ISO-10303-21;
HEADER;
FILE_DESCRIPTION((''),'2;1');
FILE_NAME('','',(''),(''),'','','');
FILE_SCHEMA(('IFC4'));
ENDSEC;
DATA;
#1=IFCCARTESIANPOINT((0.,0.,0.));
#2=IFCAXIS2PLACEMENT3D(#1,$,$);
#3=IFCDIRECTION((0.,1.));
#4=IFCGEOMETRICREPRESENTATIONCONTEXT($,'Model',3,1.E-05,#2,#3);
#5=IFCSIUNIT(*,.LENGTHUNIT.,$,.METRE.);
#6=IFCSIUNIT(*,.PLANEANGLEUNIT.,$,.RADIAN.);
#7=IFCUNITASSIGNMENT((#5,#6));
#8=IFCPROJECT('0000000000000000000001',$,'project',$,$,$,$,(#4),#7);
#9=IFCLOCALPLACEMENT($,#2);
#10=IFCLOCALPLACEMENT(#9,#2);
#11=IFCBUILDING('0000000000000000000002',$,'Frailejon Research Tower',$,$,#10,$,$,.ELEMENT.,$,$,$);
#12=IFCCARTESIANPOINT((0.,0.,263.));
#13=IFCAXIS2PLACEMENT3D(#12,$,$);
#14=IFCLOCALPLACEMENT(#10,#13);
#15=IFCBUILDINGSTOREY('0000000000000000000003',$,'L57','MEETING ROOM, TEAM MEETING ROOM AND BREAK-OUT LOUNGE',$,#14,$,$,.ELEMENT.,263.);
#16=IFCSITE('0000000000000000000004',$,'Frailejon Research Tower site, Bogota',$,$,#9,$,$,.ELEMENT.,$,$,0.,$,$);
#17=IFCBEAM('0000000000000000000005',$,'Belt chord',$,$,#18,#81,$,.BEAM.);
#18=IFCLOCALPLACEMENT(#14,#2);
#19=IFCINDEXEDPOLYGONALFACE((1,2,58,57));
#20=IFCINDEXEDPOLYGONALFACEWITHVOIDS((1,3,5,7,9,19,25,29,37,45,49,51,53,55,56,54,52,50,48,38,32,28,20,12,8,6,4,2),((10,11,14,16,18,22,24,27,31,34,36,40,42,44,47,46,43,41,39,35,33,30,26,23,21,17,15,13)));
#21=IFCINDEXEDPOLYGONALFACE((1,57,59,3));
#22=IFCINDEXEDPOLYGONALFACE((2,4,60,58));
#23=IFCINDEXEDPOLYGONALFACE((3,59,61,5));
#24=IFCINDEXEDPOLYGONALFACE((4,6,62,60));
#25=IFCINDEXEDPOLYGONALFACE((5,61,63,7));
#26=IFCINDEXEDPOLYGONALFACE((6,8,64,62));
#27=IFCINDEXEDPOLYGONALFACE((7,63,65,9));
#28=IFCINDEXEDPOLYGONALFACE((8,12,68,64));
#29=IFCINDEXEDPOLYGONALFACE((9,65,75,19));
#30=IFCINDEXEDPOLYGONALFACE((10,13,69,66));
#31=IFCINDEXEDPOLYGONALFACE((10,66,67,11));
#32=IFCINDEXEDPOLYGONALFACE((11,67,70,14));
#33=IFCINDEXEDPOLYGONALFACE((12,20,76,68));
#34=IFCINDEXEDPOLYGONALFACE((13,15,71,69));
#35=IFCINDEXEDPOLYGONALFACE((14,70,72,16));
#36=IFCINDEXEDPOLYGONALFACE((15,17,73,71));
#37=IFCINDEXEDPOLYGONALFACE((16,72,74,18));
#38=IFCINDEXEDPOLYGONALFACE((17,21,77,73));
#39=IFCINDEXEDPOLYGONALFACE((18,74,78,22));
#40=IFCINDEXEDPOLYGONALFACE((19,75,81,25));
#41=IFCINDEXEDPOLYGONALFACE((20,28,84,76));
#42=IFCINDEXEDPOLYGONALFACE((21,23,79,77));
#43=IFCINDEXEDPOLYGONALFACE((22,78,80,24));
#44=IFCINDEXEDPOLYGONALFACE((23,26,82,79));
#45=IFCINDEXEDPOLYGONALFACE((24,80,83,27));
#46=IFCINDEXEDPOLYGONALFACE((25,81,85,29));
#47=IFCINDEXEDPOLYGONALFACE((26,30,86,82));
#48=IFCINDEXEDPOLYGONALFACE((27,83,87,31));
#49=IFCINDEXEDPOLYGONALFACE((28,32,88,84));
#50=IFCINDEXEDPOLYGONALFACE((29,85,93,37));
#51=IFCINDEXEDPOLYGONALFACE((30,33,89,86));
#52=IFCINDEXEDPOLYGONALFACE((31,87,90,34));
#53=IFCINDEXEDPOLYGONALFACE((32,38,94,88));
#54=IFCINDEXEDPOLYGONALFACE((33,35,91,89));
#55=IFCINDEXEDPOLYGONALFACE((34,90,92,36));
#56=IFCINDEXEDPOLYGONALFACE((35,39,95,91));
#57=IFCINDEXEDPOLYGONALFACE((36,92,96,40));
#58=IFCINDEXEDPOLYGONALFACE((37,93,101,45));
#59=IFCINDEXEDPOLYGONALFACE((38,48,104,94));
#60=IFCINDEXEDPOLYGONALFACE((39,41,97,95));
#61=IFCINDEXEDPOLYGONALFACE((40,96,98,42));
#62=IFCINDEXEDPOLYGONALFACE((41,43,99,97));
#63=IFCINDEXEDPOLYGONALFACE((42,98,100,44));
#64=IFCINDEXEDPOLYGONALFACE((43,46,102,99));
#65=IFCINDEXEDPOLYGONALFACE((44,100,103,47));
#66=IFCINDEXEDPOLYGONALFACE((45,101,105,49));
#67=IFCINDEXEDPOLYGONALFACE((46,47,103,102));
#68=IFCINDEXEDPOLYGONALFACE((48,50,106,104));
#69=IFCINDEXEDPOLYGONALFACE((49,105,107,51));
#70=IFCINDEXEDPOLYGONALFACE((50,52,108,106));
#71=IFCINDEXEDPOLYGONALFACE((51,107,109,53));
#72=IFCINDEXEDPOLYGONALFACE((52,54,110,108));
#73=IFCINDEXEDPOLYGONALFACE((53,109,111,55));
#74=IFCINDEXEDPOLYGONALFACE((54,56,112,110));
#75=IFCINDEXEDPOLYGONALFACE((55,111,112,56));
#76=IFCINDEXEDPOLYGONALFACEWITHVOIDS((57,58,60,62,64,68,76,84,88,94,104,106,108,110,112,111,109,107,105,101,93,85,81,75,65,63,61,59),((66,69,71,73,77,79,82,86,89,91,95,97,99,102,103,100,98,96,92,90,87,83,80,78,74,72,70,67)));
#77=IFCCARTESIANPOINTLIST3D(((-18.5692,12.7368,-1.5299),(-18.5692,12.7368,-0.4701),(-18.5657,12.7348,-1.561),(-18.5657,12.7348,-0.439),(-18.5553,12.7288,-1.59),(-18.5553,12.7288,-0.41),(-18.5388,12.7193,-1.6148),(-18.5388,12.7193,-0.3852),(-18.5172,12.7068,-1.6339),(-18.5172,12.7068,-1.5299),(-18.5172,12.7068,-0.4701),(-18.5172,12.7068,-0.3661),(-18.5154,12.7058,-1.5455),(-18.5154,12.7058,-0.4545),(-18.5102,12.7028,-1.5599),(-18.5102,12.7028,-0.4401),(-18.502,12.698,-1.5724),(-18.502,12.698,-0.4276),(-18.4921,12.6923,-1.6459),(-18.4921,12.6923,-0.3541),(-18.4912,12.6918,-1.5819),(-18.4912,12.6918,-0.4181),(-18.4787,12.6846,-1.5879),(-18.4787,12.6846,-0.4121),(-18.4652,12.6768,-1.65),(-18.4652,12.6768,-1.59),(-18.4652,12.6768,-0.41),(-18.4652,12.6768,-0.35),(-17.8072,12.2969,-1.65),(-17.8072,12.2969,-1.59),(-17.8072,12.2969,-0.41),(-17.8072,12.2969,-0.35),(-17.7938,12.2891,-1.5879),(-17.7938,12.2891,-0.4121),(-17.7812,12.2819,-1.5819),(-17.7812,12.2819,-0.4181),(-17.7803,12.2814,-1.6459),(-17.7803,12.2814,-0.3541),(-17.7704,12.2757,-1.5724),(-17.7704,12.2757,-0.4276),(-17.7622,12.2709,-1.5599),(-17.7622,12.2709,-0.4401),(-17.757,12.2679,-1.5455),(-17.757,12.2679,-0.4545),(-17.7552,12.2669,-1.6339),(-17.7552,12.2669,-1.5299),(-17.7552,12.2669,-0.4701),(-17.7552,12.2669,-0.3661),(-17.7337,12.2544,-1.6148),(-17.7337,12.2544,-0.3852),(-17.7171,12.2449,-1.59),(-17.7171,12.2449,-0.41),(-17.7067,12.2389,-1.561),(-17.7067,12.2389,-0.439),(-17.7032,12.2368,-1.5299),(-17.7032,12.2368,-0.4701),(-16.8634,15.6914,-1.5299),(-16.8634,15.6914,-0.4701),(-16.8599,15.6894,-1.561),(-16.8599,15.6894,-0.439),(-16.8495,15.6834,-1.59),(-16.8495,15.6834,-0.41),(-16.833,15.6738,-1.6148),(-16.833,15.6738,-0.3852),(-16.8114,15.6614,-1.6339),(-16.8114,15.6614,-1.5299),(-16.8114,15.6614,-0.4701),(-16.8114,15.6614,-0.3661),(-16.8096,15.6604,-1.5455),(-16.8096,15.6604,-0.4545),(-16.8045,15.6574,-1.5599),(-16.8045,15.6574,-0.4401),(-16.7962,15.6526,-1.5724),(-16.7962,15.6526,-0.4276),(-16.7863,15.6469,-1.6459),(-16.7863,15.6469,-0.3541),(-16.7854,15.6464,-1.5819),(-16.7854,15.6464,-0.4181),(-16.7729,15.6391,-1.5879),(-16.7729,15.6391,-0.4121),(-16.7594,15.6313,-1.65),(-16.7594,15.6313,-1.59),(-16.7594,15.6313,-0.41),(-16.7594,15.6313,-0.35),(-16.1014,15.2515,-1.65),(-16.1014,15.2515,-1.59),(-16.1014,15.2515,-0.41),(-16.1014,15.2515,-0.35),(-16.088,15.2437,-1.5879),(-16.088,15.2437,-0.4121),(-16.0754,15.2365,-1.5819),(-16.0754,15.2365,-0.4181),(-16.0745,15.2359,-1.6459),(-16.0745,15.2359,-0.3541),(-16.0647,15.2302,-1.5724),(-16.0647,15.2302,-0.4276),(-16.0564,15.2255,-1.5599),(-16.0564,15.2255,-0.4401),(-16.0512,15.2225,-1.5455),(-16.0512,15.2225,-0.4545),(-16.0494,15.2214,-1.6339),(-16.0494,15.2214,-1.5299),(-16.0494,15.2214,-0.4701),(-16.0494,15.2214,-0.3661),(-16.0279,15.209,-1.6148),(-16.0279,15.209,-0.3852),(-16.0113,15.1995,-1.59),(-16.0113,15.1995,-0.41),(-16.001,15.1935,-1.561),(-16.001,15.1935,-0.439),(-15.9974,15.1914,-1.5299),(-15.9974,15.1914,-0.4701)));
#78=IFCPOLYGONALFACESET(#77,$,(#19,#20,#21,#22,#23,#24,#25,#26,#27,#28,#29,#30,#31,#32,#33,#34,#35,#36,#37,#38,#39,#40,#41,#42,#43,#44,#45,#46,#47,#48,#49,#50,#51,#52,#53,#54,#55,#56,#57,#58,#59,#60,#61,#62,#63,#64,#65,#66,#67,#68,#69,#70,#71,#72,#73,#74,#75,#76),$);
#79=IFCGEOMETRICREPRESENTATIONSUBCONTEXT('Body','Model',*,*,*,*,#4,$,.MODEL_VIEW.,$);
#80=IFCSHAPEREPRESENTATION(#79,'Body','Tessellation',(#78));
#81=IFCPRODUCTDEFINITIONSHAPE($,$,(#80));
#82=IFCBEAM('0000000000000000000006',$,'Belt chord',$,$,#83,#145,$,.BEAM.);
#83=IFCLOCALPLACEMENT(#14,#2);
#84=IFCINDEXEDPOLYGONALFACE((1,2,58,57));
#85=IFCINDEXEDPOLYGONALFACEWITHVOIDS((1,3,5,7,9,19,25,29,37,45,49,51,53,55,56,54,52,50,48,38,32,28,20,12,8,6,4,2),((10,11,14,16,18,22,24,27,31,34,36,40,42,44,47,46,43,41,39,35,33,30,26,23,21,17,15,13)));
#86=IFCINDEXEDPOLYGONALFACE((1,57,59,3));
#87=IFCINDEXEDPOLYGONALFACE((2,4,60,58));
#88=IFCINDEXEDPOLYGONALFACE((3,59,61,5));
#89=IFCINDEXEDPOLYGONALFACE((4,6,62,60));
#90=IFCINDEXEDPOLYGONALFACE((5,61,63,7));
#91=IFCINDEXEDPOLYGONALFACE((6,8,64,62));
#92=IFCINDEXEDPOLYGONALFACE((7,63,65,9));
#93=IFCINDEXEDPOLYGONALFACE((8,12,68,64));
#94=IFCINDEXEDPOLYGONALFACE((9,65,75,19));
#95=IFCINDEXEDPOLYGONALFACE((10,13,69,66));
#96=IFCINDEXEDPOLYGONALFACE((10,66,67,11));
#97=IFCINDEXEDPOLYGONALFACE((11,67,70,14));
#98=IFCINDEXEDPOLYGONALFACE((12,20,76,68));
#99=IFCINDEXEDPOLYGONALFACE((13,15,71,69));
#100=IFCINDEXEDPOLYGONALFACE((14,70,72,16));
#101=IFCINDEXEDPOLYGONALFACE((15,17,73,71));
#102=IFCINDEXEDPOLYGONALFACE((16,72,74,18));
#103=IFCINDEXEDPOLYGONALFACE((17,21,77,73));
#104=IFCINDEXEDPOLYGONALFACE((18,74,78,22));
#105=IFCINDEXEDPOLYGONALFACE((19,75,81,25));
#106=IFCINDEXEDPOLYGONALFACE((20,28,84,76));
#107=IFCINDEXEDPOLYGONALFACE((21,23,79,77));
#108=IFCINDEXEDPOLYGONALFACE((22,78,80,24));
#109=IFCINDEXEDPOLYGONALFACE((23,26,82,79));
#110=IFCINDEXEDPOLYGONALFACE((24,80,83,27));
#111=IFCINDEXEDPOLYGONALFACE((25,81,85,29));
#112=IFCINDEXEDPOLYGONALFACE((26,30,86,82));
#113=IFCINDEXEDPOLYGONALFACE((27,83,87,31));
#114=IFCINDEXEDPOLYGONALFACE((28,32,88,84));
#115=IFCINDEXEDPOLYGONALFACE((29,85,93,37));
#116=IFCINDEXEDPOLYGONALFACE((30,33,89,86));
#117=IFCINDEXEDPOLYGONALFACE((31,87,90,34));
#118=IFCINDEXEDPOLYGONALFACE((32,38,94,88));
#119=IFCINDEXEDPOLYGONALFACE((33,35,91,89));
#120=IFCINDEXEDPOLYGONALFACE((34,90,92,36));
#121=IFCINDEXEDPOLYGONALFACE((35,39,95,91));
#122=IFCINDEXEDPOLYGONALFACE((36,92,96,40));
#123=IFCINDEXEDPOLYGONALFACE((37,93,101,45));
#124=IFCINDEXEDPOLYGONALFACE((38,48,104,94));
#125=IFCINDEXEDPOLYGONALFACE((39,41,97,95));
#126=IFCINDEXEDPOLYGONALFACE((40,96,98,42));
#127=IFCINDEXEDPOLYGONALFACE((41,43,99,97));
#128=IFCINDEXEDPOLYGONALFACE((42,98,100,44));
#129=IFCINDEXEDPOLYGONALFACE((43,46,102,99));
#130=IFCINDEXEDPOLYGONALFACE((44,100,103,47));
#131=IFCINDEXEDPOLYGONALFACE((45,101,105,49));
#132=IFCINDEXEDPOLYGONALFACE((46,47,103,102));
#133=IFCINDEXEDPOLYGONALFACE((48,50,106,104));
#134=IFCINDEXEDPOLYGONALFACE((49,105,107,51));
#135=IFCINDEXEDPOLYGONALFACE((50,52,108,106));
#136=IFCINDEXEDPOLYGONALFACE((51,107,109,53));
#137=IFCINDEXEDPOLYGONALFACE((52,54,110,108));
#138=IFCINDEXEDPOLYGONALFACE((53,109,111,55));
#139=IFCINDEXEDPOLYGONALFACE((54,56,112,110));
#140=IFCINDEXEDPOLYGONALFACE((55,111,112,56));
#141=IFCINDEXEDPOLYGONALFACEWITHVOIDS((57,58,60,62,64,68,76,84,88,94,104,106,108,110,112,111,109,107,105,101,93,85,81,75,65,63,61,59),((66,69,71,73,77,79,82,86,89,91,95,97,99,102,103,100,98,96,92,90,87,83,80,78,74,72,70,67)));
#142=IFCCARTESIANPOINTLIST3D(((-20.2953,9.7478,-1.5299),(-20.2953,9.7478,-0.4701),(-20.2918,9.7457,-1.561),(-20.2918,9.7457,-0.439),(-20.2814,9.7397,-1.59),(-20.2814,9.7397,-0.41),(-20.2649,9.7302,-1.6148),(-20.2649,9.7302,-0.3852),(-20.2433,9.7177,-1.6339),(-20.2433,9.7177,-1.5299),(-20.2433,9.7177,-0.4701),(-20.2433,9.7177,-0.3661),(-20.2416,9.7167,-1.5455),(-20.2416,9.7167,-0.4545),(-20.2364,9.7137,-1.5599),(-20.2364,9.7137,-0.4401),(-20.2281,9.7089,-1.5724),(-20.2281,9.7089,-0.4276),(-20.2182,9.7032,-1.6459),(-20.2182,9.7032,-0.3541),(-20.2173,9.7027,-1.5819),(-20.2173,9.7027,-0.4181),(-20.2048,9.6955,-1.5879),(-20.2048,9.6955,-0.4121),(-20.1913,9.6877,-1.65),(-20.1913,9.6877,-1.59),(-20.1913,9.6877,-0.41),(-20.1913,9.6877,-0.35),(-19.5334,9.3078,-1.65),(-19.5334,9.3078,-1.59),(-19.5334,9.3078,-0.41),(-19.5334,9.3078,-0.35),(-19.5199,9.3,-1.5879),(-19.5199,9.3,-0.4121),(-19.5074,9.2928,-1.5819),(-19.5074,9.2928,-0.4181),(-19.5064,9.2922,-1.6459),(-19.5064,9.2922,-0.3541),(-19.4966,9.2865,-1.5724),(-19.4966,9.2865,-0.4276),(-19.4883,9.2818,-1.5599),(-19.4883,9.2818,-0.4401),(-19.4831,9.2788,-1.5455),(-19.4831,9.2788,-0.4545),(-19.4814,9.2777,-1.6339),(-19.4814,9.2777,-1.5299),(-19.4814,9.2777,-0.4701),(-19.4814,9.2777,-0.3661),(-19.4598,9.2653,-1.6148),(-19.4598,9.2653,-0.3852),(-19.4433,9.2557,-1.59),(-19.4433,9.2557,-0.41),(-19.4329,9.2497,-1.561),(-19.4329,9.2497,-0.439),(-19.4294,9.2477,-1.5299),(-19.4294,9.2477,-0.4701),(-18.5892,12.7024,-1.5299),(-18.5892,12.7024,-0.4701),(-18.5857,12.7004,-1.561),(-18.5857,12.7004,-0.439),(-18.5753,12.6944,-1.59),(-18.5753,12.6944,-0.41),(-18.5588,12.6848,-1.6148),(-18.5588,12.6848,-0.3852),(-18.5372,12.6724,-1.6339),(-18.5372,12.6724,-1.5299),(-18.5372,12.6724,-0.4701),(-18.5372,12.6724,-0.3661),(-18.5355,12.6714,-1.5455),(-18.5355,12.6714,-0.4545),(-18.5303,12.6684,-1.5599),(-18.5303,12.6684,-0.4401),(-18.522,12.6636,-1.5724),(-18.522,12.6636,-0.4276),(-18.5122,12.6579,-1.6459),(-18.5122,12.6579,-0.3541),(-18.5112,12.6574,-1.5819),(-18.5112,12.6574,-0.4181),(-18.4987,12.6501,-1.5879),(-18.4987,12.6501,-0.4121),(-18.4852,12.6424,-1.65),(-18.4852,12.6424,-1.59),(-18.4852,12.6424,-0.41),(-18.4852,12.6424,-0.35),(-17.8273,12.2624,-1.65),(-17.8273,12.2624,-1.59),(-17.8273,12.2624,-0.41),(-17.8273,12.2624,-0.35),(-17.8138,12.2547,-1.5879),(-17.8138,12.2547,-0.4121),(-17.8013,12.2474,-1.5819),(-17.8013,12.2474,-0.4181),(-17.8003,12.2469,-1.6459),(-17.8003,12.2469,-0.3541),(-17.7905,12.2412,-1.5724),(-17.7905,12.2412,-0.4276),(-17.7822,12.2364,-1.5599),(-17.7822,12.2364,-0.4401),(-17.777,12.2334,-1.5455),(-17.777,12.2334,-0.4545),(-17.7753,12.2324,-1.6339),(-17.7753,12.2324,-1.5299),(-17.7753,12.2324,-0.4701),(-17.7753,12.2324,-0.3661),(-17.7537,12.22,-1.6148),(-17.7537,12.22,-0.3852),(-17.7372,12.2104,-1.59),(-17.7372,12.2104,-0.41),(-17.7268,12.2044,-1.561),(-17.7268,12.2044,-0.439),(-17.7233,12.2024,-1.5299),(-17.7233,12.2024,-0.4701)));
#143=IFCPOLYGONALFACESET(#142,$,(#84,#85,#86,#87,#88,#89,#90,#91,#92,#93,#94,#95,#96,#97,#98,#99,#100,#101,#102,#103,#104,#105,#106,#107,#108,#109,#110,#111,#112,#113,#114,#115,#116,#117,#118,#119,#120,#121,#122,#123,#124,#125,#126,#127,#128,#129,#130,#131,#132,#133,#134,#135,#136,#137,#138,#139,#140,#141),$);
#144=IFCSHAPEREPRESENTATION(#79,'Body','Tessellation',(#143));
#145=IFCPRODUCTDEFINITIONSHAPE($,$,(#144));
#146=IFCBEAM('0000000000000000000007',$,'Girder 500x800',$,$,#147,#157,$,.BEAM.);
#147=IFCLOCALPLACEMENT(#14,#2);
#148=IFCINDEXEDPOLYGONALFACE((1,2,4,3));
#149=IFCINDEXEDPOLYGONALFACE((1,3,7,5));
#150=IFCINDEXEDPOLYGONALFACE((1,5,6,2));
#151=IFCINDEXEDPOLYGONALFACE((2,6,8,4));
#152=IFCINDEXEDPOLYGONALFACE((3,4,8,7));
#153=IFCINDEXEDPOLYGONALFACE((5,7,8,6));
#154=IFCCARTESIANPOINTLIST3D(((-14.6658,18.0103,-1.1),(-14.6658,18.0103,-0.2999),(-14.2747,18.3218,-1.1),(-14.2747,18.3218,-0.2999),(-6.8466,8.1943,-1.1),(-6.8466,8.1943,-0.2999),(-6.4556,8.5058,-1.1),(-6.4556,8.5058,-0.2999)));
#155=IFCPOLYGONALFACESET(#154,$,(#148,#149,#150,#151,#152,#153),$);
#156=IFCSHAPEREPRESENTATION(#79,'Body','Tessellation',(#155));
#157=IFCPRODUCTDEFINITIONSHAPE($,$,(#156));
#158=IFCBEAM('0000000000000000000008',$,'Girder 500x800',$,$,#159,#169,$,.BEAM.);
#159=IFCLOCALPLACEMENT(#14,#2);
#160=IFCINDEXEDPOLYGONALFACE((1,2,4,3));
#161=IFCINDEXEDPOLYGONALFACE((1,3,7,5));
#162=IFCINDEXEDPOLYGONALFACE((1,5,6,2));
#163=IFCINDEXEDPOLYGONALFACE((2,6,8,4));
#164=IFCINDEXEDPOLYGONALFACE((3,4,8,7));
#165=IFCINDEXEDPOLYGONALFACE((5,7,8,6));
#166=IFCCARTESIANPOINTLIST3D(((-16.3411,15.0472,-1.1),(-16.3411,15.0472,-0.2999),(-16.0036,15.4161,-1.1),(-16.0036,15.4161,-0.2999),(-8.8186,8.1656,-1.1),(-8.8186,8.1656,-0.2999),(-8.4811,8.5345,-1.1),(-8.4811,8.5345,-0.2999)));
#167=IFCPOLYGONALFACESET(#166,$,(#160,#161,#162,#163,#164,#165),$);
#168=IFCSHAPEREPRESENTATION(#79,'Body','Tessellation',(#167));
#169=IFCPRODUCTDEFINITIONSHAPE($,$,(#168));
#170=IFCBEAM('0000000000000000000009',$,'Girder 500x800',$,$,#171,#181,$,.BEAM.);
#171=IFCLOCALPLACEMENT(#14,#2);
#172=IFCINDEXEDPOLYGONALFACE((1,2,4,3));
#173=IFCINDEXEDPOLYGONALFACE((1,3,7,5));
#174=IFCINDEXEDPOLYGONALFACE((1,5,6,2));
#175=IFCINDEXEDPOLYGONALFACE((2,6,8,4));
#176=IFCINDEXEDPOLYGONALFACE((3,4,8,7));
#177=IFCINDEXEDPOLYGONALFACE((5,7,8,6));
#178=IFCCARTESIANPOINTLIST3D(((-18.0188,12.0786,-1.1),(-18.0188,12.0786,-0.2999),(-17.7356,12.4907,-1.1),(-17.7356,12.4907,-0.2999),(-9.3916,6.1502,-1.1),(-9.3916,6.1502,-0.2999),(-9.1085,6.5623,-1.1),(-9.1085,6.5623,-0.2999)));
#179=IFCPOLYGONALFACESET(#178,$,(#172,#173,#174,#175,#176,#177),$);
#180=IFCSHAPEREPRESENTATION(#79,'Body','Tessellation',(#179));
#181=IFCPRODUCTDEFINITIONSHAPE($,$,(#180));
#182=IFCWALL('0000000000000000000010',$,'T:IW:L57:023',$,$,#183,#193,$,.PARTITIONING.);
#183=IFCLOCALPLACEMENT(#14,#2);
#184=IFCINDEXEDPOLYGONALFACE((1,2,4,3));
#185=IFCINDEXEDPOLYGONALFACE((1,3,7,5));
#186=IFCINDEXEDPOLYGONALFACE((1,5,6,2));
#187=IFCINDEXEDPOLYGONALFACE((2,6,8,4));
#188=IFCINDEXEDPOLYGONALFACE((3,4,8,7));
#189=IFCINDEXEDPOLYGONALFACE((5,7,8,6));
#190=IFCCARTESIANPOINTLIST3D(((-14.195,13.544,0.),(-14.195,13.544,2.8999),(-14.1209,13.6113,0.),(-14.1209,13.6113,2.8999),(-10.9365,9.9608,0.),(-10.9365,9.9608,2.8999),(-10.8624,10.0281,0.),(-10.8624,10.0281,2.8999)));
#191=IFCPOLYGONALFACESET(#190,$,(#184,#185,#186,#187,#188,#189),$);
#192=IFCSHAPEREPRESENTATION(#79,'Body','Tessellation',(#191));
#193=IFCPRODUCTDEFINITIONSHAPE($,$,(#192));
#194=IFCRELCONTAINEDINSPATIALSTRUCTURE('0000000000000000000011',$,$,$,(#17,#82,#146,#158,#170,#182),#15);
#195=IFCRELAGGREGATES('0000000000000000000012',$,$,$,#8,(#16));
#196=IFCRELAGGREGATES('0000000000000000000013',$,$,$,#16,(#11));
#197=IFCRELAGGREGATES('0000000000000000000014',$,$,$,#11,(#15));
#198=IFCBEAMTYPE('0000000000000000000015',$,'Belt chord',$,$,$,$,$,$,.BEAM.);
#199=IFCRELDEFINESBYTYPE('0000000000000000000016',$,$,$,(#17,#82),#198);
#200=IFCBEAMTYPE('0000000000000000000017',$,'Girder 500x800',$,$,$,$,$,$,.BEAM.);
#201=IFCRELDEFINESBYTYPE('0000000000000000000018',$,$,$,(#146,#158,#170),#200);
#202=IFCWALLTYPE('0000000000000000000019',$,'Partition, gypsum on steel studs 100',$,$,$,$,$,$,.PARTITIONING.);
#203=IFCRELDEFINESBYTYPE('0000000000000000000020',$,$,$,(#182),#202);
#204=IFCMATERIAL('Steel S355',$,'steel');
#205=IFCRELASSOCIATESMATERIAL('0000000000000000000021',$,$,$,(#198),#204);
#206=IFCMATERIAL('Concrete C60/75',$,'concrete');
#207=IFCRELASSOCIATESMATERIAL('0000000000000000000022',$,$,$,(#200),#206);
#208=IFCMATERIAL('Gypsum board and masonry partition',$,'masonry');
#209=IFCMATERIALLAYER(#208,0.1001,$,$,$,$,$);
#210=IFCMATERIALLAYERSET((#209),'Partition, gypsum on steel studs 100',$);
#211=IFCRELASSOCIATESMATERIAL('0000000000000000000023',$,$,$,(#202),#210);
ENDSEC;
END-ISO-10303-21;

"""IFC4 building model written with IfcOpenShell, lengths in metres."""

from ifc_helpers import new_model, si_unit, direction, frame, frame_2d, origin, origin_2d, place, context, subcontext, project, spatial, rectangle, hollow_rectangle, extrude, material, layer, layer_set, material_profile, profile_set, type_object, element, save


model = new_model("IFC4")

# Units and contexts
model_context = context("Model", 3, precision=1e-05, world=origin(), true_north=direction((0.0, 1.0)))
body_context = subcontext(model_context, "Body", "Model", "MODEL_VIEW")
ifc_project = project(units=[si_unit("LENGTHUNIT", "METRE"), si_unit("PLANEANGLEUNIT", "RADIAN")], contexts=[model_context])

# Site, building, storey
site_placement = place(None, origin())
site = spatial("IfcSite", under=ifc_project, at=site_placement, Name="Frailejon Research Tower site, Bogota", CompositionType="ELEMENT", RefElevation=0.0)
building_placement = place(site_placement, origin())
building = spatial("IfcBuilding", under=site, at=building_placement, Name="Frailejon Research Tower", CompositionType="ELEMENT")
storey_placement = place(building_placement, frame((0.0, 0.0, 263.0)))
storey = spatial("IfcBuildingStorey", under=building, at=storey_placement, Name="L57", Description="MEETING ROOM, TEAM MEETING ROOM AND BREAK-OUT LOUNGE", CompositionType="ELEMENT", Elevation=263.0)

# Beams
ifc_material_1 = material(Name="Steel S355", Category="steel")
ifc_material_profile_1 = material_profile(ifc_material_1, hollow_rectangle(XDim=1.0, YDim=1.3, WallThickness=0.0601, InnerFilletRadius=0.0601, OuterFilletRadius=0.1201, at=origin_2d()), Name="Belt chord")
ifc_profile_set_1 = profile_set([ifc_material_profile_1], Name="Steel S355")
beam_type_1 = type_object("IfcBeamType", Name="Belt chord", PredefinedType="BEAM", material=ifc_profile_set_1)
for number, where, z_axis, x_axis, name in (
    (1, (-16.4304, 15.4414, -1.0), (-0.499995, -0.866028, 0.0), (0.866028, -0.499995, 0.0), "Belt chord"),
):
    element("IfcBeam", number, at=place(storey_placement, frame(where, z_axis=z_axis, x_axis=x_axis)), inside=storey, type_object=beam_type_1, Name=name, PredefinedType="BEAM", context=body_context, shape_type="SweptSolid", body=[
        extrude(hollow_rectangle(XDim=1.0, YDim=1.3, WallThickness=0.0601, InnerFilletRadius=0.0601, OuterFilletRadius=0.1201, at=origin_2d()), origin(), (0.0, 0.0, 1.0), 3.4116),
    ])
beam_1_placement = place(storey_placement, frame((-18.1562, 12.4524, -1.0), z_axis=(-0.500049, -0.865997, 0.0), x_axis=(0.865997, -0.500049, 0.0)))
element("IfcBeam", 2, at=beam_1_placement, inside=storey, type_object=beam_type_1, Name="Belt chord", PredefinedType="BEAM", context=body_context, shape_type="SweptSolid", body=[
    extrude(hollow_rectangle(XDim=1.0, YDim=1.3, WallThickness=0.0601, InnerFilletRadius=0.0601, OuterFilletRadius=0.1201, at=origin_2d()), origin(), (0.0, 0.0, 1.0), 3.4119),
])
ifc_material_2 = material(Name="Concrete C60/75", Category="concrete")
ifc_material_profile_2 = material_profile(ifc_material_2, rectangle(XDim=0.5, YDim=0.8, at=origin_2d()), Name="Girder 500x800")
ifc_profile_set_2 = profile_set([ifc_material_profile_2], Name="Concrete C60/75")
beam_type_2 = type_object("IfcBeamType", Name="Girder 500x800", PredefinedType="BEAM", material=ifc_profile_set_2)
beam_2_placement = place(storey_placement, frame((-14.4702, 18.166, -0.7), z_axis=(0.623059, -0.782175, 0.0), x_axis=(0.782175, 0.623059, 0.0)))
element("IfcBeam", 3, at=beam_2_placement, inside=storey, type_object=beam_type_2, Name="Girder 500x800", PredefinedType="BEAM", context=body_context, shape_type="SweptSolid", body=[
    extrude(rectangle(XDim=0.5, YDim=0.8, at=origin_2d()), origin(), (0.0, 0.0, 1.0), 12.5496),
])
beam_3_placement = place(storey_placement, frame((-16.1724, 15.2317, -0.7), z_axis=(0.737838, -0.674978, 0.0), x_axis=(0.674978, 0.737838, 0.0)))
element("IfcBeam", 4, at=beam_3_placement, inside=storey, type_object=beam_type_2, Name="Girder 500x800", PredefinedType="BEAM", context=body_context, shape_type="SweptSolid", body=[
    extrude(rectangle(XDim=0.5, YDim=0.8, at=origin_2d()), origin(), (0.0, 0.0, 1.0), 10.1953),
])
beam_4_placement = place(storey_placement, frame((-17.8772, 12.2847, -0.7), z_axis=(0.824164, -0.566352, 0.0), x_axis=(0.566352, 0.824164, 0.0)))
element("IfcBeam", 5, at=beam_4_placement, inside=storey, type_object=beam_type_2, Name="Girder 500x800", PredefinedType="BEAM", context=body_context, shape_type="SweptSolid", body=[
    extrude(rectangle(XDim=0.5, YDim=0.8, at=origin_2d()), origin(), (0.0, 0.0, 1.0), 10.4678),
])

# Wall
ifc_material_3 = material(Name="Gypsum board and masonry partition", Category="masonry")
ifc_layer_1 = layer(ifc_material_3, 0.1001)
ifc_layer_set_1 = layer_set([ifc_layer_1], Name="Partition, gypsum on steel studs 100")
wall_type_1 = type_object("IfcWallType", Name="Partition, gypsum on steel studs 100", PredefinedType="PARTITIONING", material=ifc_layer_set_1)
wall_1_placement = place(storey_placement, frame((-14.158, 13.5776, 0.0), z_axis=(0.0, 0.0, 1.0), x_axis=(0.672791, -0.739833, 0.0)))
element("IfcWall", 6, at=wall_1_placement, inside=storey, type_object=wall_type_1, Name="T:IW:L57:023", PredefinedType="PARTITIONING", context=body_context, shape_type="SweptSolid", body=[
    extrude(rectangle(XDim=4.8433, YDim=0.1001, at=frame_2d((2.4216, 0.0))), origin(), (0.0, 0.0, 1.0), 2.8999),
])

save(model, "model.ifc")
